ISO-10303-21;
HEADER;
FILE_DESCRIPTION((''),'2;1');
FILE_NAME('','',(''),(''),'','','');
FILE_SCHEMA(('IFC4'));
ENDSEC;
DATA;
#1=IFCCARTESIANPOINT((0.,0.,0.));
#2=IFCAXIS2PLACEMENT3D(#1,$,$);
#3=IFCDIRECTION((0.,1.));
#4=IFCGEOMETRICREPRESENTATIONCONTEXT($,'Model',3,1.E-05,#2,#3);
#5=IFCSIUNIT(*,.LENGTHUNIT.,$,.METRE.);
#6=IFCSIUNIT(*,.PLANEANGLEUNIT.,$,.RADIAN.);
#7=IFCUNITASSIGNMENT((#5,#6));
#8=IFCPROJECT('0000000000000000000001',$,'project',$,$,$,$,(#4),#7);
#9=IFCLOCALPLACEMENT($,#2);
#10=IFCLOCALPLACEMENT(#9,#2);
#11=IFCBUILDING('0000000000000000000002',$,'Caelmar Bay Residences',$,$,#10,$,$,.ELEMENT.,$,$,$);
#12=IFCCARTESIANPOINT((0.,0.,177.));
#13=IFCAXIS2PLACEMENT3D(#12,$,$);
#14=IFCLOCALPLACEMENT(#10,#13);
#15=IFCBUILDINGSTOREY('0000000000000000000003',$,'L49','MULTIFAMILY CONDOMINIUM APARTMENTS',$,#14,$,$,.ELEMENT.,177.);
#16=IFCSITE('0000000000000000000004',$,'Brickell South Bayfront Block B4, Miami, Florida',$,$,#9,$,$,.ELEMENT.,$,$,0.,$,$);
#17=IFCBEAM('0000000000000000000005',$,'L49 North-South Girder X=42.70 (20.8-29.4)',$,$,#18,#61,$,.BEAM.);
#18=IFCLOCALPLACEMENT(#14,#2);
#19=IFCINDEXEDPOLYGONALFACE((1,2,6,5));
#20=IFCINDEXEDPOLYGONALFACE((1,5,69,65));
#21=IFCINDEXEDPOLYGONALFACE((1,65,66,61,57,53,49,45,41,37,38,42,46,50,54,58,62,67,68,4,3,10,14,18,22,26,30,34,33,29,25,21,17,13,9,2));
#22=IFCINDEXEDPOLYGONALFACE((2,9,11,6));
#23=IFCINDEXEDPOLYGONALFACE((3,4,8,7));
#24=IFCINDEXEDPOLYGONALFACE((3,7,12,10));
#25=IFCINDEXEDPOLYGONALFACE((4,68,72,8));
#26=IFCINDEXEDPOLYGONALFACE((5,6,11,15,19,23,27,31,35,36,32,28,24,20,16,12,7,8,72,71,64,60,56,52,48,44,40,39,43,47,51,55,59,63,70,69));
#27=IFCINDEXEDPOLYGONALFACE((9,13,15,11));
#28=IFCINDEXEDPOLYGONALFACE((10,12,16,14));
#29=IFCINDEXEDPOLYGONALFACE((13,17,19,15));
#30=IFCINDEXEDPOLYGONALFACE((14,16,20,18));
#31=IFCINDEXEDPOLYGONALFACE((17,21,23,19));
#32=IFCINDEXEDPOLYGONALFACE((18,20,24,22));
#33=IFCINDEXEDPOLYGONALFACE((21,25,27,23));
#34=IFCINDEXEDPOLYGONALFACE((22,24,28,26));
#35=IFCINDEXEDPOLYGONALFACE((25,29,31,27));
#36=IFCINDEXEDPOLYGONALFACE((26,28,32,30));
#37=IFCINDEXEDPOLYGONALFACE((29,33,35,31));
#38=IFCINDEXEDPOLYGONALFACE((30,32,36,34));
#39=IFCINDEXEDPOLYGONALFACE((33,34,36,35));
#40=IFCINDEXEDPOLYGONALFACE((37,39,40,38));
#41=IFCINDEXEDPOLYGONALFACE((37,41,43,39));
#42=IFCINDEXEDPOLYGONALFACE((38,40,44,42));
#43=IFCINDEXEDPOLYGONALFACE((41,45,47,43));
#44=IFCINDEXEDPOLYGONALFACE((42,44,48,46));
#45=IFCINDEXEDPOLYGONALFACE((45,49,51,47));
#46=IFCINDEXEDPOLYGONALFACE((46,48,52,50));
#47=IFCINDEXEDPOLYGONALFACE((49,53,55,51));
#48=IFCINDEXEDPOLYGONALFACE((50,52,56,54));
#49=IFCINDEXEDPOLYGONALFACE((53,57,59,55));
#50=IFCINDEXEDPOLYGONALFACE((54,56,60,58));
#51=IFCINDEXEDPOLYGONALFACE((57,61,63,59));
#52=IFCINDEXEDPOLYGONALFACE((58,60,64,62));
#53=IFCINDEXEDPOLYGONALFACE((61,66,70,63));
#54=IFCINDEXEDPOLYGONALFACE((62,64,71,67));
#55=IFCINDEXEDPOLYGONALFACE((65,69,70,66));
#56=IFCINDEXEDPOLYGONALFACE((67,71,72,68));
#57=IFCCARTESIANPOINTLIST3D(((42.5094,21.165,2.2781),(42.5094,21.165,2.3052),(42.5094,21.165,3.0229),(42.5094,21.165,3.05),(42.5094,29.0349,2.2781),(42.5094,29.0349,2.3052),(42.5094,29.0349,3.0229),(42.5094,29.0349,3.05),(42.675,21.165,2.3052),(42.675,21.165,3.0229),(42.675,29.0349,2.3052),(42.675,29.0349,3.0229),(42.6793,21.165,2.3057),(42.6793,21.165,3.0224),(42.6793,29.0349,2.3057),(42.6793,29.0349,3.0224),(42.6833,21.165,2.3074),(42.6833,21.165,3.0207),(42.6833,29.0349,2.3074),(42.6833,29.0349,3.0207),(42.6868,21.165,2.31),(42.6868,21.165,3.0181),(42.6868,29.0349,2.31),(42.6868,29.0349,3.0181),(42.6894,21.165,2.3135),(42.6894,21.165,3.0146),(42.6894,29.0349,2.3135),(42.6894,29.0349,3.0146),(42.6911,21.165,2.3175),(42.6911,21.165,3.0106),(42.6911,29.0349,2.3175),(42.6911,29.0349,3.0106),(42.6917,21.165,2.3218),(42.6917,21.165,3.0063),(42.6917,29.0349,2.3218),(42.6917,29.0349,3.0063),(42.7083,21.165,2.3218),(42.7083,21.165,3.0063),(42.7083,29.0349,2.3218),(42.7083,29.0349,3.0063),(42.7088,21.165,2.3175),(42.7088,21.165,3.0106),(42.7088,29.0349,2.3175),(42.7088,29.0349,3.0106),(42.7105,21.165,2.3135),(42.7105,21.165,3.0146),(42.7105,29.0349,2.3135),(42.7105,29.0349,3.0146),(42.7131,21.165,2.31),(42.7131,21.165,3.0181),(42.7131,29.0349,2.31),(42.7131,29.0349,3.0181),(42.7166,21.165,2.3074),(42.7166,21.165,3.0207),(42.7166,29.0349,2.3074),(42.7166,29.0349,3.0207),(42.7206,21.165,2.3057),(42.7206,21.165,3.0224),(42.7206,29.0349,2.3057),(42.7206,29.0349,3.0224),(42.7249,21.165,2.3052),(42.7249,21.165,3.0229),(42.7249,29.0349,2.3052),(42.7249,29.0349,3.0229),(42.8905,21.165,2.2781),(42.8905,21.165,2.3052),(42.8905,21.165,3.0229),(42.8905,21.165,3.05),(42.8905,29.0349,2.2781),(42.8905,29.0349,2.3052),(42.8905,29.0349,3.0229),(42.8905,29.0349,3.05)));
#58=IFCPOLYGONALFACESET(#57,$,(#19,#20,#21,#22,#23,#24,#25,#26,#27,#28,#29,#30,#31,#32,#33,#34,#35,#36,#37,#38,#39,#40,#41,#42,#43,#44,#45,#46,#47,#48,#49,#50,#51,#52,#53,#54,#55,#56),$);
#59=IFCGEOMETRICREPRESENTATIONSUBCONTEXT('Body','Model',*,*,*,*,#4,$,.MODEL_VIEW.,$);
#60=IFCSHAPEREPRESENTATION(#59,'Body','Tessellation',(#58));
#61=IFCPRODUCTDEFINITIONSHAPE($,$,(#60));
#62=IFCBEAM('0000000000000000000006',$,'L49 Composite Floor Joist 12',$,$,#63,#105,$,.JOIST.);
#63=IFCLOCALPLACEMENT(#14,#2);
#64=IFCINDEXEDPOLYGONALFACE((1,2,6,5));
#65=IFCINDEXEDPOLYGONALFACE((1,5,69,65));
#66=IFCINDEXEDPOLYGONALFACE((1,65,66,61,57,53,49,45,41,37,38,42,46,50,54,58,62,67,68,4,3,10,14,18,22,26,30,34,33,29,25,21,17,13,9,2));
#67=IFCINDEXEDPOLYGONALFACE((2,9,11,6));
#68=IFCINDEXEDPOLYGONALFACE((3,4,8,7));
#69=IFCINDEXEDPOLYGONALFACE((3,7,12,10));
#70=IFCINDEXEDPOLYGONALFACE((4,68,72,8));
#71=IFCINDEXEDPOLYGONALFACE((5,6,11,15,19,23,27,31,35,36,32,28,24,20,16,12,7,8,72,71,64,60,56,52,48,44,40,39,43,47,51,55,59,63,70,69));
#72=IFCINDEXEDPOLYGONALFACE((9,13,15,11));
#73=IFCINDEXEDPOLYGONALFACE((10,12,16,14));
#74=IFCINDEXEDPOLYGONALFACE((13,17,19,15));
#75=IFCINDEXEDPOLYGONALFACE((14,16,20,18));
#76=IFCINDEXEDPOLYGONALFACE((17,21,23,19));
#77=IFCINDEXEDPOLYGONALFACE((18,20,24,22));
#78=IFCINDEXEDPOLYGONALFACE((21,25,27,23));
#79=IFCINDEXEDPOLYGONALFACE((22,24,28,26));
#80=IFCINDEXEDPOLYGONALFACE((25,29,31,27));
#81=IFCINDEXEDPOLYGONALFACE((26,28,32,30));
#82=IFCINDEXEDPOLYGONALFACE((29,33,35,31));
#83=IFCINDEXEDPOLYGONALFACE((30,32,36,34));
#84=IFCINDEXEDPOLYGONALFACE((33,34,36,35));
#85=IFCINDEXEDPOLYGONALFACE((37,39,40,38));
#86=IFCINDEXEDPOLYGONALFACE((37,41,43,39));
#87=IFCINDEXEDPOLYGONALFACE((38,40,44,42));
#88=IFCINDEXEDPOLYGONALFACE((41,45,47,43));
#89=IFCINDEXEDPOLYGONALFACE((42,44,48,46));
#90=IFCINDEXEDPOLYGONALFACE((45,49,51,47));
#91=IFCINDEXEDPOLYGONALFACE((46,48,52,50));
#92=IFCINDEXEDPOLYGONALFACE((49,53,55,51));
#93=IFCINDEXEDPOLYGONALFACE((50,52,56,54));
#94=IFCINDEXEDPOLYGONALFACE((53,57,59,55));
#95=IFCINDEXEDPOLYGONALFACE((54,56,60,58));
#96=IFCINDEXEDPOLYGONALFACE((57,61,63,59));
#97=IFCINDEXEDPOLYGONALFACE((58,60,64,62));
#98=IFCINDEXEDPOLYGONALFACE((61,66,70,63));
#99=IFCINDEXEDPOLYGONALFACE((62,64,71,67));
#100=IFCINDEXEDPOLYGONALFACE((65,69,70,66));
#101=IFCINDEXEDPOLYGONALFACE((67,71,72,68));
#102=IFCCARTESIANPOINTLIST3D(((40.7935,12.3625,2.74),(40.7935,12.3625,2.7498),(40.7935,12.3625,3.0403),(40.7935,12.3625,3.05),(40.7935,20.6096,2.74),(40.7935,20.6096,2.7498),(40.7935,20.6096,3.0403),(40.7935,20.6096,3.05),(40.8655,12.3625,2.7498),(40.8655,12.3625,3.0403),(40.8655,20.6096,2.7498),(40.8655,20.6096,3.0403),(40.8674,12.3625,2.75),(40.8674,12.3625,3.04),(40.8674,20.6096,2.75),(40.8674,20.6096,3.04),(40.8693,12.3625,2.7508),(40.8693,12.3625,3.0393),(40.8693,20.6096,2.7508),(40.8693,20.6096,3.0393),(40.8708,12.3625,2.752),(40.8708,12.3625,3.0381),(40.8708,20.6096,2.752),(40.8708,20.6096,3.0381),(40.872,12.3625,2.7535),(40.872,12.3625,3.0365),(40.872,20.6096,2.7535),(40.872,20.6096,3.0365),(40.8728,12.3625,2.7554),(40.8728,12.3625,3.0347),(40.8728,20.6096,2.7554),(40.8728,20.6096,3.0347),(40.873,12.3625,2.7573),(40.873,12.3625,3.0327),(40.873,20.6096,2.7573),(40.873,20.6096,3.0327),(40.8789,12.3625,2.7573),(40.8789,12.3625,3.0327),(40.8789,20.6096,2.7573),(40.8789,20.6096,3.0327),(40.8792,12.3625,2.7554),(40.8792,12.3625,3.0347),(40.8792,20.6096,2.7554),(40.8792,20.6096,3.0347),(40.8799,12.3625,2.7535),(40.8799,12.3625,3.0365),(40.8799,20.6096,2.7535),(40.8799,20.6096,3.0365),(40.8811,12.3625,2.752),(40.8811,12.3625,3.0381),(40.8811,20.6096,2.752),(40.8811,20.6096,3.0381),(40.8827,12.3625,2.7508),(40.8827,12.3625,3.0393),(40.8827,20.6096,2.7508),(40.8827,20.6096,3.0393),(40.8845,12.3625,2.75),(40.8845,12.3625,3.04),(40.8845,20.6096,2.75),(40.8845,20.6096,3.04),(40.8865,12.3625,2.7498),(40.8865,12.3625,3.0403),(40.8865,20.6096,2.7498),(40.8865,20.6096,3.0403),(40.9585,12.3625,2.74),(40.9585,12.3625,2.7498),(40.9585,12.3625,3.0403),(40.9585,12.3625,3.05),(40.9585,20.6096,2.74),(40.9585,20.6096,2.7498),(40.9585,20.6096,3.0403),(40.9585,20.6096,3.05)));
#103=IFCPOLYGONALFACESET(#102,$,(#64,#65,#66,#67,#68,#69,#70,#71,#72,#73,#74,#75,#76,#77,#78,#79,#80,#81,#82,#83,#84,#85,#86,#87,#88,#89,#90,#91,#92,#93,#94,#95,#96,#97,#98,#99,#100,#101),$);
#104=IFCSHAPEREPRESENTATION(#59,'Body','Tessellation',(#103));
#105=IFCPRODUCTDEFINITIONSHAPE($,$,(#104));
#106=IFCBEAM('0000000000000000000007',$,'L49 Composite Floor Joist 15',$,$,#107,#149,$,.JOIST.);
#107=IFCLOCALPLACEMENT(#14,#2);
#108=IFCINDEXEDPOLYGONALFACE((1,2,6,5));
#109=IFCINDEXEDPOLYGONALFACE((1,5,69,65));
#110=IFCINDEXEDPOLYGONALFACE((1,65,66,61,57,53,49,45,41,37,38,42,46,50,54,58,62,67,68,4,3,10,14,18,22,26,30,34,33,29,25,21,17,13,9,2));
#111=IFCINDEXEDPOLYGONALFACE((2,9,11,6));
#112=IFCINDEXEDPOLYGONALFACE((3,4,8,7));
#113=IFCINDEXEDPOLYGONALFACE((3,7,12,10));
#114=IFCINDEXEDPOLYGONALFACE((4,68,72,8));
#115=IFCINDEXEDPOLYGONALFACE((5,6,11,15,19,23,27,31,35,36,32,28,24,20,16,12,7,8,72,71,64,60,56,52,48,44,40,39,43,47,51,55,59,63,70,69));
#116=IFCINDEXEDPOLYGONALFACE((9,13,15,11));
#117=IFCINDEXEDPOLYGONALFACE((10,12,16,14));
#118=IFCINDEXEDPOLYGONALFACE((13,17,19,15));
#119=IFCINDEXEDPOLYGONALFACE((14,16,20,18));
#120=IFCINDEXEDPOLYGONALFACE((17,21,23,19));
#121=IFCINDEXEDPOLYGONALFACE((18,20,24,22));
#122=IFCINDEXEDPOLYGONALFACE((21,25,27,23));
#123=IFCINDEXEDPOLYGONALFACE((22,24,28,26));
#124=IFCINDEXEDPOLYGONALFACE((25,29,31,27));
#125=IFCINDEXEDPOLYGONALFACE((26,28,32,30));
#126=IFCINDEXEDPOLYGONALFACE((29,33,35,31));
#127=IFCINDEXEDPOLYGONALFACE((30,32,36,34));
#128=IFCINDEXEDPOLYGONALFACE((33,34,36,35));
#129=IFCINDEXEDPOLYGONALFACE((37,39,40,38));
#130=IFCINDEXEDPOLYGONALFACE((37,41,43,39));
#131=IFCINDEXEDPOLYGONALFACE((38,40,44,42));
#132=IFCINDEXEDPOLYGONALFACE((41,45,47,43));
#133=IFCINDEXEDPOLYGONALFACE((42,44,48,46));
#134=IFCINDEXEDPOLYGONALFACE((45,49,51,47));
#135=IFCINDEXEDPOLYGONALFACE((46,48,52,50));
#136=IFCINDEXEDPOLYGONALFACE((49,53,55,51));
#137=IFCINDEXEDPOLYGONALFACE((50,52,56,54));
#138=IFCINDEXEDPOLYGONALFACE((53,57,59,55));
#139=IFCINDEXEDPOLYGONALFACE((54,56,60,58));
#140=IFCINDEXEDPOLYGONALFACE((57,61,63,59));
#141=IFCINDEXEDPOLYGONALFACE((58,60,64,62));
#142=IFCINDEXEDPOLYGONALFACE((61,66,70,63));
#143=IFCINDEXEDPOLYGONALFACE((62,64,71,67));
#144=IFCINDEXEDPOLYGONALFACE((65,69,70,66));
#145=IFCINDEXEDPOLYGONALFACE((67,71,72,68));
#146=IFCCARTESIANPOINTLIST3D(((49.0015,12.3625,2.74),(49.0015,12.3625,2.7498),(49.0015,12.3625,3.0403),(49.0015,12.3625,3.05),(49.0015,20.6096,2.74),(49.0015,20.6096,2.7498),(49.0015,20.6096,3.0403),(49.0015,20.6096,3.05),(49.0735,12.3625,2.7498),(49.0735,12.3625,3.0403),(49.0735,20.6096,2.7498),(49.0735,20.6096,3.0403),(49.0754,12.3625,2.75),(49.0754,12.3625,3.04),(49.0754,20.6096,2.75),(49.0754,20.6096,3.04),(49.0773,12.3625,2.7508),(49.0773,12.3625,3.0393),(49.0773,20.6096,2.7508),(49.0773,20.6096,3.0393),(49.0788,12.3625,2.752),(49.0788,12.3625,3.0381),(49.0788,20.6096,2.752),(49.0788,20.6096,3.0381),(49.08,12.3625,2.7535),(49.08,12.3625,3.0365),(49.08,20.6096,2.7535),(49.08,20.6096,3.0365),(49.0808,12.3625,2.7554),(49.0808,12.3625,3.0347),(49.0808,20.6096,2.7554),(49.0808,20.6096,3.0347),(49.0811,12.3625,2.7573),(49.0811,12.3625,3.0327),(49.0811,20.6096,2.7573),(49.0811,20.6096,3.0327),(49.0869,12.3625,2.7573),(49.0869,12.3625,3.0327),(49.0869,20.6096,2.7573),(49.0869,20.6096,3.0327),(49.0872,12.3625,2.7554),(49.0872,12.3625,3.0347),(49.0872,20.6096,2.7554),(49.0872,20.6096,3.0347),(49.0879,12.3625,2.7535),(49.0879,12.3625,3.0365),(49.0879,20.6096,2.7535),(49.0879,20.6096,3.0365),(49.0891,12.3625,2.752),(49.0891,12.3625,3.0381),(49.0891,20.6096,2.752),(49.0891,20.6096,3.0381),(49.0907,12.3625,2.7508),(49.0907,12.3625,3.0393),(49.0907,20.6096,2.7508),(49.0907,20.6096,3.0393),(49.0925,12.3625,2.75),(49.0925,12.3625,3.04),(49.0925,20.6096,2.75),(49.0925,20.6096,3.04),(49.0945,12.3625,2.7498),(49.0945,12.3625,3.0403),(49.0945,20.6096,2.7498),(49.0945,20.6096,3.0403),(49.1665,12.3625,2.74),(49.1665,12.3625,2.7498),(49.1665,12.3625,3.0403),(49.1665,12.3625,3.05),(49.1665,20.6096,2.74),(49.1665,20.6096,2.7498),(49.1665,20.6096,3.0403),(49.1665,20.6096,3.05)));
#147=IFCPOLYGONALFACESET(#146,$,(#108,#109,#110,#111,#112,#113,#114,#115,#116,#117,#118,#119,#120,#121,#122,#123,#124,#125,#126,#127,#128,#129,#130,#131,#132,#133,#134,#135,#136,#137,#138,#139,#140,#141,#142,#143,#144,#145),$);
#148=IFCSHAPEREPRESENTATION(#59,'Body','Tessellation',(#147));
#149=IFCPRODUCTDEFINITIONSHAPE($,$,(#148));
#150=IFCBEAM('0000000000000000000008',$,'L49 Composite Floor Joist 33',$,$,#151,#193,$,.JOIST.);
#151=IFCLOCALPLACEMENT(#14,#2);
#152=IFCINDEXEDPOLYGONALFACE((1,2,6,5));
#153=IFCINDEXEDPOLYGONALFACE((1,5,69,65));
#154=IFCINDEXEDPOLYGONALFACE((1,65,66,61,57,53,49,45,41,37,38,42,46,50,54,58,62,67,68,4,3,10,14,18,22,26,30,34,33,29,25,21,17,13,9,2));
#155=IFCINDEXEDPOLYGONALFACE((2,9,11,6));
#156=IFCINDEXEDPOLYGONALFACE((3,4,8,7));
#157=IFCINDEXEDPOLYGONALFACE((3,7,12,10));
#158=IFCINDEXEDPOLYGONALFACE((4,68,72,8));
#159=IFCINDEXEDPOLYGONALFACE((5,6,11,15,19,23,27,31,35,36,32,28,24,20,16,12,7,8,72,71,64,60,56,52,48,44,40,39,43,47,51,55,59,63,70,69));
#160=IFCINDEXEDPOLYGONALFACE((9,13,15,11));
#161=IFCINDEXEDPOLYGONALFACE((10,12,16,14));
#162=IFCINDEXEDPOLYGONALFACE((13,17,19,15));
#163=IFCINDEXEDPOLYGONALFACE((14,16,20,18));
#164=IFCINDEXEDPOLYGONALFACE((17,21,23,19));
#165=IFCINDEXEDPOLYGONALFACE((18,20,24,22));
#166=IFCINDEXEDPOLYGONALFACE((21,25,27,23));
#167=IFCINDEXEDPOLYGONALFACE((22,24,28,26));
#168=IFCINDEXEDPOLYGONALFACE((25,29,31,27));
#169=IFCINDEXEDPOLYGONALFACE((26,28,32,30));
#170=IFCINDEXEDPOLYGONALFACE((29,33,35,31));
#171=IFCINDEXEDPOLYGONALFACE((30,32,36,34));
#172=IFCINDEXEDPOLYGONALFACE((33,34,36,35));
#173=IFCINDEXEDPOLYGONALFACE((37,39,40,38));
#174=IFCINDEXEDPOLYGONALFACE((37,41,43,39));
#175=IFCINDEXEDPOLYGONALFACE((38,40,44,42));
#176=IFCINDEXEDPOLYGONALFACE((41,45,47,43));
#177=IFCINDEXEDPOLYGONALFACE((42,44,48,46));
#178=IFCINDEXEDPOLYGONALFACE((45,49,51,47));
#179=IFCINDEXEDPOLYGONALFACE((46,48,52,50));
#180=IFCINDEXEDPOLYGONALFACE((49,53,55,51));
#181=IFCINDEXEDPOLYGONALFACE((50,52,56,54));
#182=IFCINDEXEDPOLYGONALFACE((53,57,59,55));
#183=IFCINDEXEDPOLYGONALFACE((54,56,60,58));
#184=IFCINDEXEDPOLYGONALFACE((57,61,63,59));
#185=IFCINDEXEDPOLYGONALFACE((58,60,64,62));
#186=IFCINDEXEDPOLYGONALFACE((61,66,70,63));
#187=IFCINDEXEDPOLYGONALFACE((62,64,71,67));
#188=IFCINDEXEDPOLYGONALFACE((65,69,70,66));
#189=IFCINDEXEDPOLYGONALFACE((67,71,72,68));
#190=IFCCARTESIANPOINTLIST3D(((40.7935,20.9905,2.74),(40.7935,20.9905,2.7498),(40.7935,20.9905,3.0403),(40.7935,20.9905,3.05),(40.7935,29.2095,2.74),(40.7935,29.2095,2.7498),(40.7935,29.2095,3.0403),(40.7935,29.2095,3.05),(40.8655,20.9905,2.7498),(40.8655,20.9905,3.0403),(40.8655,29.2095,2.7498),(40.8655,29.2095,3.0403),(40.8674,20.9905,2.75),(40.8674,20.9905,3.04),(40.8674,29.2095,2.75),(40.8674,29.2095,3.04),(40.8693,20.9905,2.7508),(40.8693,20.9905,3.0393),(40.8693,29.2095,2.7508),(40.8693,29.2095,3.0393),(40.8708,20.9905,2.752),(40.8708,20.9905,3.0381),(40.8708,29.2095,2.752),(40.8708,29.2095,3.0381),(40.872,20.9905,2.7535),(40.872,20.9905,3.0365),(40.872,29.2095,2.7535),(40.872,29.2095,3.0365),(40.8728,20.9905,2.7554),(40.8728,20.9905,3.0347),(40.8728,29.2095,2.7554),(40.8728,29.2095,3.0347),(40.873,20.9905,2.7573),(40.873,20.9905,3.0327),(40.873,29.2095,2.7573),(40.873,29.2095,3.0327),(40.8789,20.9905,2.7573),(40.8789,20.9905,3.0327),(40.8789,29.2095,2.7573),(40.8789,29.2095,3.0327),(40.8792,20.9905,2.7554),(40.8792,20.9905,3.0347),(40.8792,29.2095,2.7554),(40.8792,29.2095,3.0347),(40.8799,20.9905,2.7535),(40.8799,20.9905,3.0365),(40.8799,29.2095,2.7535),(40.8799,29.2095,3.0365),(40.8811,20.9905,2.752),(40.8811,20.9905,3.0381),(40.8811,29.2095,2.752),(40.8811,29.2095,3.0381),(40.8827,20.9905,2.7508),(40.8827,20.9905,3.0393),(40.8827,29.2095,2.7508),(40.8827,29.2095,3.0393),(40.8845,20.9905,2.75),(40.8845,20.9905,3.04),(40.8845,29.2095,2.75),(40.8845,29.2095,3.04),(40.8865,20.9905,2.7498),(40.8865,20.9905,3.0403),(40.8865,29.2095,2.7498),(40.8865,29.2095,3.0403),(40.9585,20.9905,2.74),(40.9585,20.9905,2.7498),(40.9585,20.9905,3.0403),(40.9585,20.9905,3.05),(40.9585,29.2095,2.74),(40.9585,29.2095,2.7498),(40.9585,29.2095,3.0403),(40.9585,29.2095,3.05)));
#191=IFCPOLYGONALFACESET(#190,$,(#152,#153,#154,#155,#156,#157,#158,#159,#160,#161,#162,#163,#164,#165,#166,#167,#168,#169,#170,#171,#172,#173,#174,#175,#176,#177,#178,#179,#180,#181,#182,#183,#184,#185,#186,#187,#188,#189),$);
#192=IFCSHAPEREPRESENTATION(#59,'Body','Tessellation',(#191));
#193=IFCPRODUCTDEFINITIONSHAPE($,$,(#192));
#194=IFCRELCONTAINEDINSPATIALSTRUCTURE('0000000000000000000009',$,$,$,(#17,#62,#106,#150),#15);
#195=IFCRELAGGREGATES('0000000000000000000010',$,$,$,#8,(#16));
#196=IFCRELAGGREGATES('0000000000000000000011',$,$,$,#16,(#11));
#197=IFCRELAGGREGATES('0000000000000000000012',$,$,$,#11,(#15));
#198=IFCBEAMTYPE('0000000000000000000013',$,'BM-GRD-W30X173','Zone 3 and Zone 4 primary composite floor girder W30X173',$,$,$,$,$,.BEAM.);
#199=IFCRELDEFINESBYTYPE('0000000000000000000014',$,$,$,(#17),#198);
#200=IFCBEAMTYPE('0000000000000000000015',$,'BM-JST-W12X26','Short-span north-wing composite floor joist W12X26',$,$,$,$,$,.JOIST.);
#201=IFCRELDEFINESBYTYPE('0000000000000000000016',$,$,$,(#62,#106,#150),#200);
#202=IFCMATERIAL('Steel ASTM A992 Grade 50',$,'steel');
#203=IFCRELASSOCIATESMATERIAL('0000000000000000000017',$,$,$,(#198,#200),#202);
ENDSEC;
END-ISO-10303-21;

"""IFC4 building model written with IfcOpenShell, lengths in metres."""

from ifc_helpers import new_model, si_unit, direction, frame, origin, origin_2d, place, context, subcontext, project, spatial, i_section, extrude, material, material_profile, profile_set, type_object, element, save


model = new_model("IFC4")

# Units and contexts
model_context = context("Model", 3, precision=1e-05, world=origin(), true_north=direction((0.0, 1.0)))
body_context = subcontext(model_context, "Body", "Model", "MODEL_VIEW")
ifc_project = project(units=[si_unit("LENGTHUNIT", "METRE"), si_unit("PLANEANGLEUNIT", "RADIAN")], contexts=[model_context])

# Site, building, storey
site_placement = place(None, origin())
site = spatial("IfcSite", under=ifc_project, at=site_placement, Name="Brickell South Bayfront Block B4, Miami, Florida", CompositionType="ELEMENT", RefElevation=0.0)
building_placement = place(site_placement, origin())
building = spatial("IfcBuilding", under=site, at=building_placement, Name="Caelmar Bay Residences", CompositionType="ELEMENT")
storey_placement = place(building_placement, frame((0.0, 0.0, 177.0)))
storey = spatial("IfcBuildingStorey", under=building, at=storey_placement, Name="L49", Description="MULTIFAMILY CONDOMINIUM APARTMENTS", CompositionType="ELEMENT", Elevation=177.0)

# Beams
ifc_material_1 = material(Name="Steel ASTM A992 Grade 50", Category="steel")
ifc_material_profile_1 = material_profile(ifc_material_1, i_section(OverallWidth=0.3811, OverallDepth=0.772, WebThickness=0.0166, FlangeThickness=0.0271, FilletRadius=0.0166, at=origin_2d()), Name="W30X173")
ifc_profile_set_1 = profile_set([ifc_material_profile_1], Name="Steel ASTM A992 Grade 50")
beam_type_1 = type_object("IfcBeamType", Name="BM-GRD-W30X173", Description="Zone 3 and Zone 4 primary composite floor girder W30X173", PredefinedType="BEAM", material=ifc_profile_set_1)
beam_1_placement = place(storey_placement, frame((42.7, 21.165, 2.6641), z_axis=(0.0, 1.0, 0.0), x_axis=(-1.0, 0.0, 0.0)))
element("IfcBeam", 1, at=beam_1_placement, inside=storey, type_object=beam_type_1, Name="L49 North-South Girder X=42.70 (20.8-29.4)", PredefinedType="BEAM", context=body_context, shape_type="SweptSolid", body=[
    extrude(i_section(OverallWidth=0.3811, OverallDepth=0.772, WebThickness=0.0166, FlangeThickness=0.0271, FilletRadius=0.0166, at=origin_2d()), origin(), (0.0, 0.0, 1.0), 7.8699),
])
ifc_material_profile_2 = material_profile(ifc_material_1, i_section(OverallWidth=0.165, OverallDepth=0.3101, WebThickness=0.0059, FlangeThickness=0.0098, FilletRadius=0.0076, at=origin_2d()), Name="W12X26")
ifc_profile_set_2 = profile_set([ifc_material_profile_2], Name="Steel ASTM A992 Grade 50")
beam_type_2 = type_object("IfcBeamType", Name="BM-JST-W12X26", Description="Short-span north-wing composite floor joist W12X26", PredefinedType="JOIST", material=ifc_profile_set_2)
for number, where, z_axis, x_axis, name in (
    (2, (40.876, 12.3625, 2.895), (0.0, 1.0, 0.0), (-1.0, 0.0, 0.0), "L49 Composite Floor Joist 12"),
    (3, (49.084, 12.3625, 2.895), (0.0, 1.0, 0.0), (-1.0, 0.0, 0.0), "L49 Composite Floor Joist 15"),
):
    element("IfcBeam", number, at=place(storey_placement, frame(where, z_axis=z_axis, x_axis=x_axis)), inside=storey, type_object=beam_type_2, Name=name, PredefinedType="JOIST", context=body_context, shape_type="SweptSolid", body=[
        extrude(i_section(OverallWidth=0.165, OverallDepth=0.3101, WebThickness=0.0059, FlangeThickness=0.0098, FilletRadius=0.0076, at=origin_2d()), origin(), (0.0, 0.0, 1.0), 8.2471),
    ])
for number, where, z_axis, x_axis, name in (
    (4, (40.876, 20.9905, 2.895), (0.0, 1.0, 0.0), (-1.0, 0.0, 0.0), "L49 Composite Floor Joist 33"),
):
    element("IfcBeam", number, at=place(storey_placement, frame(where, z_axis=z_axis, x_axis=x_axis)), inside=storey, type_object=beam_type_2, Name=name, PredefinedType="JOIST", context=body_context, shape_type="SweptSolid", body=[
        extrude(i_section(OverallWidth=0.165, OverallDepth=0.3101, WebThickness=0.0059, FlangeThickness=0.0098, FilletRadius=0.0076, at=origin_2d()), origin(), (0.0, 0.0, 1.0), 8.219),
    ])

save(model, "model.ifc")
